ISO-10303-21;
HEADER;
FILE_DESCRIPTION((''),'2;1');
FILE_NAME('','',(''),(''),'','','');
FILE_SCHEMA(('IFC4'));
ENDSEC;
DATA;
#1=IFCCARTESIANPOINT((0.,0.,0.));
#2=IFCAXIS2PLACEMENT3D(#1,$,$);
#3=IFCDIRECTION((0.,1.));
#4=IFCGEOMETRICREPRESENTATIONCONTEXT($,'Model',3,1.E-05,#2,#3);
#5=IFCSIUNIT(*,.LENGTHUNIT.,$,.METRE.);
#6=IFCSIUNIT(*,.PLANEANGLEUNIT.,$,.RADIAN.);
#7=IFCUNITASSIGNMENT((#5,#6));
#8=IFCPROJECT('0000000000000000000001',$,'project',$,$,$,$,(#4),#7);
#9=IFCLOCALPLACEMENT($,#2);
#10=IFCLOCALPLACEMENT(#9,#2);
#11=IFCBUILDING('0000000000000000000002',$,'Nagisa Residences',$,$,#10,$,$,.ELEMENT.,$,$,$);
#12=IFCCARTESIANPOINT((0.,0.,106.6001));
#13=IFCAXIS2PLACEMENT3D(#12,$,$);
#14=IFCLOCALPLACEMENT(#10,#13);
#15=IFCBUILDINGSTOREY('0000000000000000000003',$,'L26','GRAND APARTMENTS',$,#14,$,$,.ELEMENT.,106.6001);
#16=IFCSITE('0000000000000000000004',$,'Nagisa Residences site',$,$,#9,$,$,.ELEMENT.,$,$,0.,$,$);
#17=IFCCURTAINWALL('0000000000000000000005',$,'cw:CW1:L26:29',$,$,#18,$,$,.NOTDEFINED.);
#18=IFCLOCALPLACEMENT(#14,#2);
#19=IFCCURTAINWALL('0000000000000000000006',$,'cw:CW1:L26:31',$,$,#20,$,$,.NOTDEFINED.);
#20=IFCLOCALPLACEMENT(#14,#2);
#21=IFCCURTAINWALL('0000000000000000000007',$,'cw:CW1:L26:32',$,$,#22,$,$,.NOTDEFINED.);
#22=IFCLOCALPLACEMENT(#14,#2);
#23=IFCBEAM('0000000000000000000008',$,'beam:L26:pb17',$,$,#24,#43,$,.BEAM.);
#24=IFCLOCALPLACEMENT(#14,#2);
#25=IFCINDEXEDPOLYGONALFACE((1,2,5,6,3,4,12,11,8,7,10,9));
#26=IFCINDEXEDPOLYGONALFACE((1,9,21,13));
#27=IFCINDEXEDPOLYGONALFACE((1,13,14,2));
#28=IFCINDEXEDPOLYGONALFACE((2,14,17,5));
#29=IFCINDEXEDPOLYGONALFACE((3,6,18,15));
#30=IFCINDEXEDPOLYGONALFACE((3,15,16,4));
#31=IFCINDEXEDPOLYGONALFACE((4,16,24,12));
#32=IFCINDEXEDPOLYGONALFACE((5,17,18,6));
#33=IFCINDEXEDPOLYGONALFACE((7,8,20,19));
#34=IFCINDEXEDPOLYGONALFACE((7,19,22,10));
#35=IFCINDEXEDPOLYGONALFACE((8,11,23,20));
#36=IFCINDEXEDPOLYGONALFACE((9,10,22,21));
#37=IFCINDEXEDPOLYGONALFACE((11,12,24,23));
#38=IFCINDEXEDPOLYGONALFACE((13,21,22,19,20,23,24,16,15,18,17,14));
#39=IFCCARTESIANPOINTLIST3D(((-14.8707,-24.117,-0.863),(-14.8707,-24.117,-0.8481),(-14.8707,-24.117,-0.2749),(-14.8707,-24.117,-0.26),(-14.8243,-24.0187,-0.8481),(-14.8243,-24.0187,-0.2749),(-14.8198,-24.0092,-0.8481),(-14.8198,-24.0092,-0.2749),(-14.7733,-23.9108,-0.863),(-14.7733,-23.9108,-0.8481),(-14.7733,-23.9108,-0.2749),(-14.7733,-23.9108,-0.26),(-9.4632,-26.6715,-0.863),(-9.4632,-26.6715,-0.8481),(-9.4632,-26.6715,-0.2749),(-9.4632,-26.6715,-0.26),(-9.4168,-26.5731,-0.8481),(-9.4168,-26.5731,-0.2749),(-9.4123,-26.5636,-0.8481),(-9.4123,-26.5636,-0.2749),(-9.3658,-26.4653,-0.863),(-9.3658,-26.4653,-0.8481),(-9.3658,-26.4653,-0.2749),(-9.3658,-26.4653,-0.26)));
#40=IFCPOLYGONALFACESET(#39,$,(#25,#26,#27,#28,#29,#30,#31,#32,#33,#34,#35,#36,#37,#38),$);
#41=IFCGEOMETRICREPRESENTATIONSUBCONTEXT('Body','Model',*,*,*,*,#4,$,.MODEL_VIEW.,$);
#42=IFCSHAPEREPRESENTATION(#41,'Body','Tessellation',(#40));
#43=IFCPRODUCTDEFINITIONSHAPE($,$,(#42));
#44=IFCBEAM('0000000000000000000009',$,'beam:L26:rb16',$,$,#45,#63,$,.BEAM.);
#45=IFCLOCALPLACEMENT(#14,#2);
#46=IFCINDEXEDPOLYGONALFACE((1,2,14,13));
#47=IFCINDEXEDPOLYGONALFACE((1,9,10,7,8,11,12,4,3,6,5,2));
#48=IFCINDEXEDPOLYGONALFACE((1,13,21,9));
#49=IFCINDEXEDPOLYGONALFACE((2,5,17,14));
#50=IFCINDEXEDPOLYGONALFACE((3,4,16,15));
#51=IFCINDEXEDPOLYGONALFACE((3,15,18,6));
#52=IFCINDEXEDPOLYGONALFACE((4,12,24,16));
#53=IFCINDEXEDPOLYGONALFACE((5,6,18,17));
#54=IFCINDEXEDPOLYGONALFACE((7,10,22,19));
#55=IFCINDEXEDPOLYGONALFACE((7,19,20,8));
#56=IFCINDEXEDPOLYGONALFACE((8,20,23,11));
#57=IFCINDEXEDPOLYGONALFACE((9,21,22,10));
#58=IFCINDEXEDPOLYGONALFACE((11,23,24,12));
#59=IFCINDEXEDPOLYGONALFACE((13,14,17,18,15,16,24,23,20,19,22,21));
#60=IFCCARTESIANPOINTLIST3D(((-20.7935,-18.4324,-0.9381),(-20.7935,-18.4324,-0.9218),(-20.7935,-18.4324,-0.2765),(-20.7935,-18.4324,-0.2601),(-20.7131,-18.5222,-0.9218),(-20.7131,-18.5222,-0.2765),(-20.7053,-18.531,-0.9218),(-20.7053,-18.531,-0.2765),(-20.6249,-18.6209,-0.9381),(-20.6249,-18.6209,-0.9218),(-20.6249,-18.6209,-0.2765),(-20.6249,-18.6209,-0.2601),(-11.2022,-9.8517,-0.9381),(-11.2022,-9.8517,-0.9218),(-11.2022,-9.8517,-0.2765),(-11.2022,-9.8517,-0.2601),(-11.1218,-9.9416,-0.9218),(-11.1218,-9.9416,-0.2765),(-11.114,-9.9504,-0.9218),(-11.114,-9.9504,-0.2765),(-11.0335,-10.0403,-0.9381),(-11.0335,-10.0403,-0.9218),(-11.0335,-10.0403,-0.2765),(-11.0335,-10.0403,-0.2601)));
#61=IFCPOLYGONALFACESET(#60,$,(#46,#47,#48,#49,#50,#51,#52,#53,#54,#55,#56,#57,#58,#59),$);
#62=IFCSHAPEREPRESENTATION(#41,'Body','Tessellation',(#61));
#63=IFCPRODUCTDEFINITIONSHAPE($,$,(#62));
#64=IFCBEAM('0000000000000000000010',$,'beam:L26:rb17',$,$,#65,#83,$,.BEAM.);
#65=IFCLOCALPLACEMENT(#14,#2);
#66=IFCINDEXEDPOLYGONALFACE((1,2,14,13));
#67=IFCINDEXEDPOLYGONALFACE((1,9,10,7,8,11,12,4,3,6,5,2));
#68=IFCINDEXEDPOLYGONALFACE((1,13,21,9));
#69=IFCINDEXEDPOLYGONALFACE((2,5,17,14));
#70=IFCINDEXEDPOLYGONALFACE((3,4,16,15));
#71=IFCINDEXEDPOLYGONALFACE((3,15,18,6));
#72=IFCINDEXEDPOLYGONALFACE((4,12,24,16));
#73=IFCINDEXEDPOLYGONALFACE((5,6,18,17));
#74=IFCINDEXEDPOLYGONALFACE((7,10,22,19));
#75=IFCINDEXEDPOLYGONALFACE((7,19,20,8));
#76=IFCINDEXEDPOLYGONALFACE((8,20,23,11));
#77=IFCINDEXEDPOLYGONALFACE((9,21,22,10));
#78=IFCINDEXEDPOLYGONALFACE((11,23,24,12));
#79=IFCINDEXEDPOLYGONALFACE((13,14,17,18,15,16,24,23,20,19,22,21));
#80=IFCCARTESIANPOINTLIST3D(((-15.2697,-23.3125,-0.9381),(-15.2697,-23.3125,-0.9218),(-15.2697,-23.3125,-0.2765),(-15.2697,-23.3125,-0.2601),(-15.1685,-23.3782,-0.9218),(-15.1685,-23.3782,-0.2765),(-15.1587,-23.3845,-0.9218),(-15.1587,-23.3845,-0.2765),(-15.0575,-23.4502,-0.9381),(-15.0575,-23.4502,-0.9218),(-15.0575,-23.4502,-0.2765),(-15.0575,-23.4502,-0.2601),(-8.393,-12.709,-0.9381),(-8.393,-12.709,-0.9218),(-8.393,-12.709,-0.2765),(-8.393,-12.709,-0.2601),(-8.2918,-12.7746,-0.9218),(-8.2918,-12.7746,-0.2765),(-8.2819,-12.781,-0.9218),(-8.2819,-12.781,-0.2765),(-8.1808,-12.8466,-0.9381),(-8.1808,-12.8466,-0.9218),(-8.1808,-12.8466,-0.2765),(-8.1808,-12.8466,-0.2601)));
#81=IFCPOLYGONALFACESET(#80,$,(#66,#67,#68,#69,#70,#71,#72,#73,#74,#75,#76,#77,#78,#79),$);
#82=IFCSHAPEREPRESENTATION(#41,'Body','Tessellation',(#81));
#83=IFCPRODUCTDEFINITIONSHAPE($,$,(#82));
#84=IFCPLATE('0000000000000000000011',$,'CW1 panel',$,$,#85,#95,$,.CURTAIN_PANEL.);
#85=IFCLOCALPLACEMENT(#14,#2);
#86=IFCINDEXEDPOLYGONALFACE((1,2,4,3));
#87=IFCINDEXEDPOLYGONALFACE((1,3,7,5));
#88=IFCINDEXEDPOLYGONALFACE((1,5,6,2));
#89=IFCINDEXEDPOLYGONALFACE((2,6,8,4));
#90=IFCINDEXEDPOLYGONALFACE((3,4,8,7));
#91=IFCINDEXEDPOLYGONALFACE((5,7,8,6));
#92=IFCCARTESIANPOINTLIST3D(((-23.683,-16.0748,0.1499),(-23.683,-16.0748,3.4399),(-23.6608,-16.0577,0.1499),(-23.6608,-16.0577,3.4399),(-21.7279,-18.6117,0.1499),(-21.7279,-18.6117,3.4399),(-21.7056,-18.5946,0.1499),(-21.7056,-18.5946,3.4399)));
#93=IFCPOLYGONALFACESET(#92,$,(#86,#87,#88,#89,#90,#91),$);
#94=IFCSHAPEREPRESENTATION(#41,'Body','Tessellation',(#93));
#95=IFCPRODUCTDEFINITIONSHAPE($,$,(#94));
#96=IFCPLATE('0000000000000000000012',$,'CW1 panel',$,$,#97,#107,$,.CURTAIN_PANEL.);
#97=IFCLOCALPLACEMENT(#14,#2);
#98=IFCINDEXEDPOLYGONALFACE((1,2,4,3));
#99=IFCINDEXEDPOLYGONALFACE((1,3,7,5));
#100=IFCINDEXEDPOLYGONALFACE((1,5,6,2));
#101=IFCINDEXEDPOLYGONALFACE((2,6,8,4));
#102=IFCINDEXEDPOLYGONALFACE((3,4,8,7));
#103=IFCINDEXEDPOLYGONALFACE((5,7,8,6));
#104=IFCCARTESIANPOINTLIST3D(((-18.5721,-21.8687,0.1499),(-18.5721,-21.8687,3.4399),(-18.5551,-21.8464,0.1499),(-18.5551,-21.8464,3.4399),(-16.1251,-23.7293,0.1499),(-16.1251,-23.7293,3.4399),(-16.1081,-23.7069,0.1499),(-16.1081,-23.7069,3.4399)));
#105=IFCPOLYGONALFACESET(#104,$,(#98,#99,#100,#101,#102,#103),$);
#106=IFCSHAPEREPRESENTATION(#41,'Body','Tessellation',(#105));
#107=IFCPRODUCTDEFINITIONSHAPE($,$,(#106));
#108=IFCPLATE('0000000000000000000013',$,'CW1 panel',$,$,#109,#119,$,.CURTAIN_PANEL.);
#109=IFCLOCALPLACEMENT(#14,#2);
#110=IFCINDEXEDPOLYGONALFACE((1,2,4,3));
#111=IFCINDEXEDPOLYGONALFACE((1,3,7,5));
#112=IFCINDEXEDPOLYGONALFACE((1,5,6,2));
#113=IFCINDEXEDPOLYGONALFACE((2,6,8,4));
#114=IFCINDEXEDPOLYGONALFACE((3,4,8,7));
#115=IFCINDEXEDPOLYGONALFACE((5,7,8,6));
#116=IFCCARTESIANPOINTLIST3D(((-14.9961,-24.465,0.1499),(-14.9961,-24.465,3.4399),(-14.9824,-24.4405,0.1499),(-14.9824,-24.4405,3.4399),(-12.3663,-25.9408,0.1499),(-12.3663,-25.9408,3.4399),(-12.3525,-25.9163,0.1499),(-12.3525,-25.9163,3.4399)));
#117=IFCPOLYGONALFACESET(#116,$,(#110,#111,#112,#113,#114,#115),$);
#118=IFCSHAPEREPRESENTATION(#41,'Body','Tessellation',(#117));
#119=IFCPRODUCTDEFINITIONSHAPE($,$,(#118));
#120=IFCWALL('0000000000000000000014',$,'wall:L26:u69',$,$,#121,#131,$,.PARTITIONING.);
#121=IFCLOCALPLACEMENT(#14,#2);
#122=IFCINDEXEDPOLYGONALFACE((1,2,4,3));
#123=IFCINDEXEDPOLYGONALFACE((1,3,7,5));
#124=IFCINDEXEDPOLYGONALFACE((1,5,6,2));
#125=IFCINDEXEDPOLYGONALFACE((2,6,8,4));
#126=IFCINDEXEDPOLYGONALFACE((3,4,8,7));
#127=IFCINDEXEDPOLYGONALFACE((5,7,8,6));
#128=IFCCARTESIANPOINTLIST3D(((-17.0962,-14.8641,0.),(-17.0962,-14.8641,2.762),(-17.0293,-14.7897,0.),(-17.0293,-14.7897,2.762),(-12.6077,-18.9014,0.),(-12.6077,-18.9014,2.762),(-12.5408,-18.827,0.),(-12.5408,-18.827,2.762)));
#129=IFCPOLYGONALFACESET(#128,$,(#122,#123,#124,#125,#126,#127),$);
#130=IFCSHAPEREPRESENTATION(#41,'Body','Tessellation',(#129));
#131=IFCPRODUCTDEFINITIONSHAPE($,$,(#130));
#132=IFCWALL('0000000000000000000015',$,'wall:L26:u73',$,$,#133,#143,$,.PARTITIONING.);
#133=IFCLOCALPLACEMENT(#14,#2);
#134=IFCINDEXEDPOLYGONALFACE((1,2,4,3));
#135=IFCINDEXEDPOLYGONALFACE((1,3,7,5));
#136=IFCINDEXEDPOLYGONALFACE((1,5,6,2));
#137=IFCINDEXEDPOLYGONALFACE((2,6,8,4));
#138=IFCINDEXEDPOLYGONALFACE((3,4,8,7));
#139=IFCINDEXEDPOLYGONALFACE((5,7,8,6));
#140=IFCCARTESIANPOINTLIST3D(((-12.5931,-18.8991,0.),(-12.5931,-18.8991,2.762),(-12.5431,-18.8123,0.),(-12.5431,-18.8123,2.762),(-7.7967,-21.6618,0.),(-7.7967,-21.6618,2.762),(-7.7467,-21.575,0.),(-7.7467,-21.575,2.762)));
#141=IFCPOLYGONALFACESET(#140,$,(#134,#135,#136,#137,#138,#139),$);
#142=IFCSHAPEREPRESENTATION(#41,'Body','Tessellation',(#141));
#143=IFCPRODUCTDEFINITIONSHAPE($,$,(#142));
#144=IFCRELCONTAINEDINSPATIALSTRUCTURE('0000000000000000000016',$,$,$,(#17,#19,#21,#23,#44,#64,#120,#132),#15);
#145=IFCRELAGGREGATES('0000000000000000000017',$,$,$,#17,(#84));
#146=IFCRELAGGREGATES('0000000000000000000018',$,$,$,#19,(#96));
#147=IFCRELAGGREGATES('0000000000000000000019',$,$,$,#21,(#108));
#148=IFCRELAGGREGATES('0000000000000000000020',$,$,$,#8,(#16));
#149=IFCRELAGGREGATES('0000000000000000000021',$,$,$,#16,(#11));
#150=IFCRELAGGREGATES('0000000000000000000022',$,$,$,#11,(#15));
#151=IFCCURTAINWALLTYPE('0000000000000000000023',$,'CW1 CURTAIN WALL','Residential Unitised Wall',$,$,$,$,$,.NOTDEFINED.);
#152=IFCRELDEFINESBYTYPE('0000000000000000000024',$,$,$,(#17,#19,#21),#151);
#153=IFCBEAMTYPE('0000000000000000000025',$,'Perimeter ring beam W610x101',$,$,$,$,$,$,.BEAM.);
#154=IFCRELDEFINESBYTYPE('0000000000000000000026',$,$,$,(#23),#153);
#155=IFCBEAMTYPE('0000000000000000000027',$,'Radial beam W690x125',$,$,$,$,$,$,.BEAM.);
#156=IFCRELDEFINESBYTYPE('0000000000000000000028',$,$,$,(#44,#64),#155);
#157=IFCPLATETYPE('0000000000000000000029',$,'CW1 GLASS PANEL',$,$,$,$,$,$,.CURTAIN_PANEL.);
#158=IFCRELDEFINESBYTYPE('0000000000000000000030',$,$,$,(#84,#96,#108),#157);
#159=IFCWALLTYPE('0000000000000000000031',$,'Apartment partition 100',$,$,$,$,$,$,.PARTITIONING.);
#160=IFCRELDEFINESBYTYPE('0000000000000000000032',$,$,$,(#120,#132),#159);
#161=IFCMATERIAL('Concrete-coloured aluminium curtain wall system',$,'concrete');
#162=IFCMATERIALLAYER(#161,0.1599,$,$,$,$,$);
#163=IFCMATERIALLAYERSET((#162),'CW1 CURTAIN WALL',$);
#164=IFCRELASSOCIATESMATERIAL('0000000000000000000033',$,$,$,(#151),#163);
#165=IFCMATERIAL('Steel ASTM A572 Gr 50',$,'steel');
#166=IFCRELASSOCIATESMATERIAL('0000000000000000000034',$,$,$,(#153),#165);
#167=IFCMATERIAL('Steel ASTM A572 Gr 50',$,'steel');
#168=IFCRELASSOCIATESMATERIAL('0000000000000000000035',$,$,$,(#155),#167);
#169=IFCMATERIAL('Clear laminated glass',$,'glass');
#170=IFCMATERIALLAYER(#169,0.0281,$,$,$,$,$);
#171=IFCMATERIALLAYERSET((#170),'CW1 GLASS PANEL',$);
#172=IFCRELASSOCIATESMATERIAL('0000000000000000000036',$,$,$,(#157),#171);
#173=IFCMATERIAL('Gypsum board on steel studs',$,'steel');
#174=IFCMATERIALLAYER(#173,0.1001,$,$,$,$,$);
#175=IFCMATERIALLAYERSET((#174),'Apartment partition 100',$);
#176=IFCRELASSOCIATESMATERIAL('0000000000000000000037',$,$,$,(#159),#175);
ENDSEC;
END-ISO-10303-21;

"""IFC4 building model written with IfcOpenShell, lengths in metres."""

from ifc_helpers import new_model, si_unit, direction, frame, frame_2d, origin, origin_2d, place, context, subcontext, project, spatial, rectangle, i_section, extrude, material, layer, layer_set, material_profile, profile_set, type_object, element, aggregate, save


model = new_model("IFC4")

# Units and contexts
model_context = context("Model", 3, precision=1e-05, world=origin(), true_north=direction((0.0, 1.0)))
body_context = subcontext(model_context, "Body", "Model", "MODEL_VIEW")
ifc_project = project(units=[si_unit("LENGTHUNIT", "METRE"), si_unit("PLANEANGLEUNIT", "RADIAN")], contexts=[model_context])

# Site, building, storey
site_placement = place(None, origin())
site = spatial("IfcSite", under=ifc_project, at=site_placement, Name="Nagisa Residences site", CompositionType="ELEMENT", RefElevation=0.0)
building_placement = place(site_placement, origin())
building = spatial("IfcBuilding", under=site, at=building_placement, Name="Nagisa Residences", CompositionType="ELEMENT")
storey_placement = place(building_placement, frame((0.0, 0.0, 106.6001)))
storey = spatial("IfcBuildingStorey", under=building, at=storey_placement, Name="L26", Description="GRAND APARTMENTS", CompositionType="ELEMENT", Elevation=106.6001)

# Curtain walls
ifc_material_1 = material(Name="Concrete-coloured aluminium curtain wall system", Category="concrete")
ifc_layer_1 = layer(ifc_material_1, 0.1599)
ifc_layer_set_1 = layer_set([ifc_layer_1], Name="CW1 CURTAIN WALL")
curtain_wall_type = type_object("IfcCurtainWallType", Name="CW1 CURTAIN WALL", Description="Residential Unitised Wall", PredefinedType="NOTDEFINED", material=ifc_layer_set_1)
curtain_wall_1_placement = place(storey_placement, origin())
curtain_wall_1 = element("IfcCurtainWall", 1, at=curtain_wall_1_placement, inside=storey, type_object=curtain_wall_type, Name="cw:CW1:L26:29", PredefinedType="NOTDEFINED")
curtain_wall_2_placement = place(storey_placement, origin())
curtain_wall_2 = element("IfcCurtainWall", 2, at=curtain_wall_2_placement, inside=storey, type_object=curtain_wall_type, Name="cw:CW1:L26:31", PredefinedType="NOTDEFINED")
curtain_wall_3_placement = place(storey_placement, origin())
curtain_wall_3 = element("IfcCurtainWall", 3, at=curtain_wall_3_placement, inside=storey, type_object=curtain_wall_type, Name="cw:CW1:L26:32", PredefinedType="NOTDEFINED")

# Beams
ifc_material_2 = material(Name="Steel ASTM A572 Gr 50", Category="steel")
ifc_material_profile_1 = material_profile(ifc_material_2, i_section(OverallWidth=0.228, OverallDepth=0.603, WebThickness=0.0105, FlangeThickness=0.0149, at=origin_2d()), Name="W610x101")
ifc_profile_set_1 = profile_set([ifc_material_profile_1], Name="Steel ASTM A572 Gr 50")
beam_type_1 = type_object("IfcBeamType", Name="Perimeter ring beam W610x101", PredefinedType="BEAM", material=ifc_profile_set_1)
beam_1_placement = place(storey_placement, frame((-14.822, -24.0139, -0.5615), z_axis=(0.90419, -0.427131, 0.0), x_axis=(0.427131, 0.90419, 0.0)))
element("IfcBeam", 4, at=beam_1_placement, inside=storey, type_object=beam_type_1, Name="beam:L26:pb17", PredefinedType="BEAM", context=body_context, shape_type="SweptSolid", body=[
    extrude(i_section(OverallWidth=0.228, OverallDepth=0.603, WebThickness=0.0105, FlangeThickness=0.0149, at=origin_2d()), origin(), (0.0, 0.0, 1.0), 5.9805),
])
ifc_material_3 = material(Name="Steel ASTM A572 Gr 50", Category="steel")
ifc_material_profile_2 = material_profile(ifc_material_3, i_section(OverallWidth=0.2529, OverallDepth=0.678, WebThickness=0.0117, FlangeThickness=0.0164, at=origin_2d()), Name="W690x125")
ifc_profile_set_2 = profile_set([ifc_material_profile_2], Name="Steel ASTM A572 Gr 50")
beam_type_2 = type_object("IfcBeamType", Name="Radial beam W690x125", PredefinedType="BEAM", material=ifc_profile_set_2)
beam_2_placement = place(storey_placement, frame((-20.7092, -18.5266, -0.5991), z_axis=(0.745285, 0.666746, 0.0), x_axis=(-0.666746, 0.745285, 0.0)))
element("IfcBeam", 5, at=beam_2_placement, inside=storey, type_object=beam_type_2, Name="beam:L26:rb16", PredefinedType="BEAM", context=body_context, shape_type="SweptSolid", body=[
    extrude(i_section(OverallWidth=0.2529, OverallDepth=0.678, WebThickness=0.0117, FlangeThickness=0.0164, at=origin_2d()), origin(), (0.0, 0.0, 1.0), 12.8694),
])
beam_3_placement = place(storey_placement, frame((-15.1636, -23.3813, -0.5991), z_axis=(0.544122, 0.839006, 0.0), x_axis=(-0.839006, 0.544122, 0.0)))
element("IfcBeam", 6, at=beam_3_placement, inside=storey, type_object=beam_type_2, Name="beam:L26:rb17", PredefinedType="BEAM", context=body_context, shape_type="SweptSolid", body=[
    extrude(i_section(OverallWidth=0.2529, OverallDepth=0.678, WebThickness=0.0117, FlangeThickness=0.0164, at=origin_2d()), origin(), (0.0, 0.0, 1.0), 12.6382),
])

# Plates
ifc_material_4 = material(Name="Clear laminated glass", Category="glass")
ifc_layer_2 = layer(ifc_material_4, 0.0281)
ifc_layer_set_2 = layer_set([ifc_layer_2], Name="CW1 GLASS PANEL")
plate_type = type_object("IfcPlateType", Name="CW1 GLASS PANEL", PredefinedType="CURTAIN_PANEL", material=ifc_layer_set_2)
plate_1_placement = place(storey_placement, frame((-22.6943, -17.3347, 0.1499), z_axis=(0.0, 0.0, 1.0), x_axis=(0.61043, -0.79207, 0.0)))
plate_1 = element("IfcPlate", 7, at=plate_1_placement, type_object=plate_type, Name="CW1 panel", PredefinedType="CURTAIN_PANEL", context=body_context, shape_type="SweptSolid", body=[
    extrude(rectangle(XDim=3.2029, YDim=0.0281, at=origin_2d()), origin(), (0.0, 0.0, 1.0), 3.29),
])
aggregate(curtain_wall_1, [plate_1])
plate_2_placement = place(storey_placement, frame((-17.3401, -22.7878, 0.1499), z_axis=(0.0, 0.0, 1.0), x_axis=(0.796031, -0.605255, 0.0)))
plate_2 = element("IfcPlate", 8, at=plate_2_placement, type_object=plate_type, Name="CW1 panel", PredefinedType="CURTAIN_PANEL", context=body_context, shape_type="SweptSolid", body=[
    extrude(rectangle(XDim=3.074, YDim=0.0281, at=origin_2d()), origin(), (0.0, 0.0, 1.0), 3.29),
])
aggregate(curtain_wall_2, [plate_2])
plate_3_placement = place(storey_placement, frame((-13.6743, -25.1907, 0.1499), z_axis=(0.0, 0.0, 1.0), x_axis=(0.872072, -0.489377, 0.0)))
plate_3 = element("IfcPlate", 9, at=plate_3_placement, type_object=plate_type, Name="CW1 panel", PredefinedType="CURTAIN_PANEL", context=body_context, shape_type="SweptSolid", body=[
    extrude(rectangle(XDim=3.0156, YDim=0.0281, at=origin_2d()), origin(), (0.0, 0.0, 1.0), 3.29),
])
aggregate(curtain_wall_3, [plate_3])

# Walls
ifc_material_5 = material(Name="Gypsum board on steel studs", Category="steel")
ifc_layer_3 = layer(ifc_material_5, 0.1001)
ifc_layer_set_3 = layer_set([ifc_layer_3], Name="Apartment partition 100")
wall_type_1 = type_object("IfcWallType", Name="Apartment partition 100", PredefinedType="PARTITIONING", material=ifc_layer_set_3)
wall_1_placement = place(storey_placement, frame((-17.0627, -14.8269, 0.0), z_axis=(0.0, 0.0, 1.0), x_axis=(0.743485, -0.668752, 0.0)))
element("IfcWall", 10, at=wall_1_placement, inside=storey, type_object=wall_type_1, Name="wall:L26:u69", PredefinedType="PARTITIONING", context=body_context, shape_type="SweptSolid", body=[
    extrude(rectangle(XDim=6.0371, YDim=0.1001, at=frame_2d((3.0186, 0.0))), origin(), (0.0, 0.0, 1.0), 2.762),
])
wall_2_placement = place(storey_placement, frame((-12.5681, -18.8557, 0.0), z_axis=(0.0, 0.0, 1.0), x_axis=(0.866533, -0.499119, 0.0)))
element("IfcWall", 11, at=wall_2_placement, inside=storey, type_object=wall_type_1, Name="wall:L26:u73", PredefinedType="PARTITIONING", context=body_context, shape_type="SweptSolid", body=[
    extrude(rectangle(XDim=5.5352, YDim=0.1001, at=frame_2d((2.7676, 0.0))), origin(), (0.0, 0.0, 1.0), 2.762),
])

save(model, "model.ifc")
